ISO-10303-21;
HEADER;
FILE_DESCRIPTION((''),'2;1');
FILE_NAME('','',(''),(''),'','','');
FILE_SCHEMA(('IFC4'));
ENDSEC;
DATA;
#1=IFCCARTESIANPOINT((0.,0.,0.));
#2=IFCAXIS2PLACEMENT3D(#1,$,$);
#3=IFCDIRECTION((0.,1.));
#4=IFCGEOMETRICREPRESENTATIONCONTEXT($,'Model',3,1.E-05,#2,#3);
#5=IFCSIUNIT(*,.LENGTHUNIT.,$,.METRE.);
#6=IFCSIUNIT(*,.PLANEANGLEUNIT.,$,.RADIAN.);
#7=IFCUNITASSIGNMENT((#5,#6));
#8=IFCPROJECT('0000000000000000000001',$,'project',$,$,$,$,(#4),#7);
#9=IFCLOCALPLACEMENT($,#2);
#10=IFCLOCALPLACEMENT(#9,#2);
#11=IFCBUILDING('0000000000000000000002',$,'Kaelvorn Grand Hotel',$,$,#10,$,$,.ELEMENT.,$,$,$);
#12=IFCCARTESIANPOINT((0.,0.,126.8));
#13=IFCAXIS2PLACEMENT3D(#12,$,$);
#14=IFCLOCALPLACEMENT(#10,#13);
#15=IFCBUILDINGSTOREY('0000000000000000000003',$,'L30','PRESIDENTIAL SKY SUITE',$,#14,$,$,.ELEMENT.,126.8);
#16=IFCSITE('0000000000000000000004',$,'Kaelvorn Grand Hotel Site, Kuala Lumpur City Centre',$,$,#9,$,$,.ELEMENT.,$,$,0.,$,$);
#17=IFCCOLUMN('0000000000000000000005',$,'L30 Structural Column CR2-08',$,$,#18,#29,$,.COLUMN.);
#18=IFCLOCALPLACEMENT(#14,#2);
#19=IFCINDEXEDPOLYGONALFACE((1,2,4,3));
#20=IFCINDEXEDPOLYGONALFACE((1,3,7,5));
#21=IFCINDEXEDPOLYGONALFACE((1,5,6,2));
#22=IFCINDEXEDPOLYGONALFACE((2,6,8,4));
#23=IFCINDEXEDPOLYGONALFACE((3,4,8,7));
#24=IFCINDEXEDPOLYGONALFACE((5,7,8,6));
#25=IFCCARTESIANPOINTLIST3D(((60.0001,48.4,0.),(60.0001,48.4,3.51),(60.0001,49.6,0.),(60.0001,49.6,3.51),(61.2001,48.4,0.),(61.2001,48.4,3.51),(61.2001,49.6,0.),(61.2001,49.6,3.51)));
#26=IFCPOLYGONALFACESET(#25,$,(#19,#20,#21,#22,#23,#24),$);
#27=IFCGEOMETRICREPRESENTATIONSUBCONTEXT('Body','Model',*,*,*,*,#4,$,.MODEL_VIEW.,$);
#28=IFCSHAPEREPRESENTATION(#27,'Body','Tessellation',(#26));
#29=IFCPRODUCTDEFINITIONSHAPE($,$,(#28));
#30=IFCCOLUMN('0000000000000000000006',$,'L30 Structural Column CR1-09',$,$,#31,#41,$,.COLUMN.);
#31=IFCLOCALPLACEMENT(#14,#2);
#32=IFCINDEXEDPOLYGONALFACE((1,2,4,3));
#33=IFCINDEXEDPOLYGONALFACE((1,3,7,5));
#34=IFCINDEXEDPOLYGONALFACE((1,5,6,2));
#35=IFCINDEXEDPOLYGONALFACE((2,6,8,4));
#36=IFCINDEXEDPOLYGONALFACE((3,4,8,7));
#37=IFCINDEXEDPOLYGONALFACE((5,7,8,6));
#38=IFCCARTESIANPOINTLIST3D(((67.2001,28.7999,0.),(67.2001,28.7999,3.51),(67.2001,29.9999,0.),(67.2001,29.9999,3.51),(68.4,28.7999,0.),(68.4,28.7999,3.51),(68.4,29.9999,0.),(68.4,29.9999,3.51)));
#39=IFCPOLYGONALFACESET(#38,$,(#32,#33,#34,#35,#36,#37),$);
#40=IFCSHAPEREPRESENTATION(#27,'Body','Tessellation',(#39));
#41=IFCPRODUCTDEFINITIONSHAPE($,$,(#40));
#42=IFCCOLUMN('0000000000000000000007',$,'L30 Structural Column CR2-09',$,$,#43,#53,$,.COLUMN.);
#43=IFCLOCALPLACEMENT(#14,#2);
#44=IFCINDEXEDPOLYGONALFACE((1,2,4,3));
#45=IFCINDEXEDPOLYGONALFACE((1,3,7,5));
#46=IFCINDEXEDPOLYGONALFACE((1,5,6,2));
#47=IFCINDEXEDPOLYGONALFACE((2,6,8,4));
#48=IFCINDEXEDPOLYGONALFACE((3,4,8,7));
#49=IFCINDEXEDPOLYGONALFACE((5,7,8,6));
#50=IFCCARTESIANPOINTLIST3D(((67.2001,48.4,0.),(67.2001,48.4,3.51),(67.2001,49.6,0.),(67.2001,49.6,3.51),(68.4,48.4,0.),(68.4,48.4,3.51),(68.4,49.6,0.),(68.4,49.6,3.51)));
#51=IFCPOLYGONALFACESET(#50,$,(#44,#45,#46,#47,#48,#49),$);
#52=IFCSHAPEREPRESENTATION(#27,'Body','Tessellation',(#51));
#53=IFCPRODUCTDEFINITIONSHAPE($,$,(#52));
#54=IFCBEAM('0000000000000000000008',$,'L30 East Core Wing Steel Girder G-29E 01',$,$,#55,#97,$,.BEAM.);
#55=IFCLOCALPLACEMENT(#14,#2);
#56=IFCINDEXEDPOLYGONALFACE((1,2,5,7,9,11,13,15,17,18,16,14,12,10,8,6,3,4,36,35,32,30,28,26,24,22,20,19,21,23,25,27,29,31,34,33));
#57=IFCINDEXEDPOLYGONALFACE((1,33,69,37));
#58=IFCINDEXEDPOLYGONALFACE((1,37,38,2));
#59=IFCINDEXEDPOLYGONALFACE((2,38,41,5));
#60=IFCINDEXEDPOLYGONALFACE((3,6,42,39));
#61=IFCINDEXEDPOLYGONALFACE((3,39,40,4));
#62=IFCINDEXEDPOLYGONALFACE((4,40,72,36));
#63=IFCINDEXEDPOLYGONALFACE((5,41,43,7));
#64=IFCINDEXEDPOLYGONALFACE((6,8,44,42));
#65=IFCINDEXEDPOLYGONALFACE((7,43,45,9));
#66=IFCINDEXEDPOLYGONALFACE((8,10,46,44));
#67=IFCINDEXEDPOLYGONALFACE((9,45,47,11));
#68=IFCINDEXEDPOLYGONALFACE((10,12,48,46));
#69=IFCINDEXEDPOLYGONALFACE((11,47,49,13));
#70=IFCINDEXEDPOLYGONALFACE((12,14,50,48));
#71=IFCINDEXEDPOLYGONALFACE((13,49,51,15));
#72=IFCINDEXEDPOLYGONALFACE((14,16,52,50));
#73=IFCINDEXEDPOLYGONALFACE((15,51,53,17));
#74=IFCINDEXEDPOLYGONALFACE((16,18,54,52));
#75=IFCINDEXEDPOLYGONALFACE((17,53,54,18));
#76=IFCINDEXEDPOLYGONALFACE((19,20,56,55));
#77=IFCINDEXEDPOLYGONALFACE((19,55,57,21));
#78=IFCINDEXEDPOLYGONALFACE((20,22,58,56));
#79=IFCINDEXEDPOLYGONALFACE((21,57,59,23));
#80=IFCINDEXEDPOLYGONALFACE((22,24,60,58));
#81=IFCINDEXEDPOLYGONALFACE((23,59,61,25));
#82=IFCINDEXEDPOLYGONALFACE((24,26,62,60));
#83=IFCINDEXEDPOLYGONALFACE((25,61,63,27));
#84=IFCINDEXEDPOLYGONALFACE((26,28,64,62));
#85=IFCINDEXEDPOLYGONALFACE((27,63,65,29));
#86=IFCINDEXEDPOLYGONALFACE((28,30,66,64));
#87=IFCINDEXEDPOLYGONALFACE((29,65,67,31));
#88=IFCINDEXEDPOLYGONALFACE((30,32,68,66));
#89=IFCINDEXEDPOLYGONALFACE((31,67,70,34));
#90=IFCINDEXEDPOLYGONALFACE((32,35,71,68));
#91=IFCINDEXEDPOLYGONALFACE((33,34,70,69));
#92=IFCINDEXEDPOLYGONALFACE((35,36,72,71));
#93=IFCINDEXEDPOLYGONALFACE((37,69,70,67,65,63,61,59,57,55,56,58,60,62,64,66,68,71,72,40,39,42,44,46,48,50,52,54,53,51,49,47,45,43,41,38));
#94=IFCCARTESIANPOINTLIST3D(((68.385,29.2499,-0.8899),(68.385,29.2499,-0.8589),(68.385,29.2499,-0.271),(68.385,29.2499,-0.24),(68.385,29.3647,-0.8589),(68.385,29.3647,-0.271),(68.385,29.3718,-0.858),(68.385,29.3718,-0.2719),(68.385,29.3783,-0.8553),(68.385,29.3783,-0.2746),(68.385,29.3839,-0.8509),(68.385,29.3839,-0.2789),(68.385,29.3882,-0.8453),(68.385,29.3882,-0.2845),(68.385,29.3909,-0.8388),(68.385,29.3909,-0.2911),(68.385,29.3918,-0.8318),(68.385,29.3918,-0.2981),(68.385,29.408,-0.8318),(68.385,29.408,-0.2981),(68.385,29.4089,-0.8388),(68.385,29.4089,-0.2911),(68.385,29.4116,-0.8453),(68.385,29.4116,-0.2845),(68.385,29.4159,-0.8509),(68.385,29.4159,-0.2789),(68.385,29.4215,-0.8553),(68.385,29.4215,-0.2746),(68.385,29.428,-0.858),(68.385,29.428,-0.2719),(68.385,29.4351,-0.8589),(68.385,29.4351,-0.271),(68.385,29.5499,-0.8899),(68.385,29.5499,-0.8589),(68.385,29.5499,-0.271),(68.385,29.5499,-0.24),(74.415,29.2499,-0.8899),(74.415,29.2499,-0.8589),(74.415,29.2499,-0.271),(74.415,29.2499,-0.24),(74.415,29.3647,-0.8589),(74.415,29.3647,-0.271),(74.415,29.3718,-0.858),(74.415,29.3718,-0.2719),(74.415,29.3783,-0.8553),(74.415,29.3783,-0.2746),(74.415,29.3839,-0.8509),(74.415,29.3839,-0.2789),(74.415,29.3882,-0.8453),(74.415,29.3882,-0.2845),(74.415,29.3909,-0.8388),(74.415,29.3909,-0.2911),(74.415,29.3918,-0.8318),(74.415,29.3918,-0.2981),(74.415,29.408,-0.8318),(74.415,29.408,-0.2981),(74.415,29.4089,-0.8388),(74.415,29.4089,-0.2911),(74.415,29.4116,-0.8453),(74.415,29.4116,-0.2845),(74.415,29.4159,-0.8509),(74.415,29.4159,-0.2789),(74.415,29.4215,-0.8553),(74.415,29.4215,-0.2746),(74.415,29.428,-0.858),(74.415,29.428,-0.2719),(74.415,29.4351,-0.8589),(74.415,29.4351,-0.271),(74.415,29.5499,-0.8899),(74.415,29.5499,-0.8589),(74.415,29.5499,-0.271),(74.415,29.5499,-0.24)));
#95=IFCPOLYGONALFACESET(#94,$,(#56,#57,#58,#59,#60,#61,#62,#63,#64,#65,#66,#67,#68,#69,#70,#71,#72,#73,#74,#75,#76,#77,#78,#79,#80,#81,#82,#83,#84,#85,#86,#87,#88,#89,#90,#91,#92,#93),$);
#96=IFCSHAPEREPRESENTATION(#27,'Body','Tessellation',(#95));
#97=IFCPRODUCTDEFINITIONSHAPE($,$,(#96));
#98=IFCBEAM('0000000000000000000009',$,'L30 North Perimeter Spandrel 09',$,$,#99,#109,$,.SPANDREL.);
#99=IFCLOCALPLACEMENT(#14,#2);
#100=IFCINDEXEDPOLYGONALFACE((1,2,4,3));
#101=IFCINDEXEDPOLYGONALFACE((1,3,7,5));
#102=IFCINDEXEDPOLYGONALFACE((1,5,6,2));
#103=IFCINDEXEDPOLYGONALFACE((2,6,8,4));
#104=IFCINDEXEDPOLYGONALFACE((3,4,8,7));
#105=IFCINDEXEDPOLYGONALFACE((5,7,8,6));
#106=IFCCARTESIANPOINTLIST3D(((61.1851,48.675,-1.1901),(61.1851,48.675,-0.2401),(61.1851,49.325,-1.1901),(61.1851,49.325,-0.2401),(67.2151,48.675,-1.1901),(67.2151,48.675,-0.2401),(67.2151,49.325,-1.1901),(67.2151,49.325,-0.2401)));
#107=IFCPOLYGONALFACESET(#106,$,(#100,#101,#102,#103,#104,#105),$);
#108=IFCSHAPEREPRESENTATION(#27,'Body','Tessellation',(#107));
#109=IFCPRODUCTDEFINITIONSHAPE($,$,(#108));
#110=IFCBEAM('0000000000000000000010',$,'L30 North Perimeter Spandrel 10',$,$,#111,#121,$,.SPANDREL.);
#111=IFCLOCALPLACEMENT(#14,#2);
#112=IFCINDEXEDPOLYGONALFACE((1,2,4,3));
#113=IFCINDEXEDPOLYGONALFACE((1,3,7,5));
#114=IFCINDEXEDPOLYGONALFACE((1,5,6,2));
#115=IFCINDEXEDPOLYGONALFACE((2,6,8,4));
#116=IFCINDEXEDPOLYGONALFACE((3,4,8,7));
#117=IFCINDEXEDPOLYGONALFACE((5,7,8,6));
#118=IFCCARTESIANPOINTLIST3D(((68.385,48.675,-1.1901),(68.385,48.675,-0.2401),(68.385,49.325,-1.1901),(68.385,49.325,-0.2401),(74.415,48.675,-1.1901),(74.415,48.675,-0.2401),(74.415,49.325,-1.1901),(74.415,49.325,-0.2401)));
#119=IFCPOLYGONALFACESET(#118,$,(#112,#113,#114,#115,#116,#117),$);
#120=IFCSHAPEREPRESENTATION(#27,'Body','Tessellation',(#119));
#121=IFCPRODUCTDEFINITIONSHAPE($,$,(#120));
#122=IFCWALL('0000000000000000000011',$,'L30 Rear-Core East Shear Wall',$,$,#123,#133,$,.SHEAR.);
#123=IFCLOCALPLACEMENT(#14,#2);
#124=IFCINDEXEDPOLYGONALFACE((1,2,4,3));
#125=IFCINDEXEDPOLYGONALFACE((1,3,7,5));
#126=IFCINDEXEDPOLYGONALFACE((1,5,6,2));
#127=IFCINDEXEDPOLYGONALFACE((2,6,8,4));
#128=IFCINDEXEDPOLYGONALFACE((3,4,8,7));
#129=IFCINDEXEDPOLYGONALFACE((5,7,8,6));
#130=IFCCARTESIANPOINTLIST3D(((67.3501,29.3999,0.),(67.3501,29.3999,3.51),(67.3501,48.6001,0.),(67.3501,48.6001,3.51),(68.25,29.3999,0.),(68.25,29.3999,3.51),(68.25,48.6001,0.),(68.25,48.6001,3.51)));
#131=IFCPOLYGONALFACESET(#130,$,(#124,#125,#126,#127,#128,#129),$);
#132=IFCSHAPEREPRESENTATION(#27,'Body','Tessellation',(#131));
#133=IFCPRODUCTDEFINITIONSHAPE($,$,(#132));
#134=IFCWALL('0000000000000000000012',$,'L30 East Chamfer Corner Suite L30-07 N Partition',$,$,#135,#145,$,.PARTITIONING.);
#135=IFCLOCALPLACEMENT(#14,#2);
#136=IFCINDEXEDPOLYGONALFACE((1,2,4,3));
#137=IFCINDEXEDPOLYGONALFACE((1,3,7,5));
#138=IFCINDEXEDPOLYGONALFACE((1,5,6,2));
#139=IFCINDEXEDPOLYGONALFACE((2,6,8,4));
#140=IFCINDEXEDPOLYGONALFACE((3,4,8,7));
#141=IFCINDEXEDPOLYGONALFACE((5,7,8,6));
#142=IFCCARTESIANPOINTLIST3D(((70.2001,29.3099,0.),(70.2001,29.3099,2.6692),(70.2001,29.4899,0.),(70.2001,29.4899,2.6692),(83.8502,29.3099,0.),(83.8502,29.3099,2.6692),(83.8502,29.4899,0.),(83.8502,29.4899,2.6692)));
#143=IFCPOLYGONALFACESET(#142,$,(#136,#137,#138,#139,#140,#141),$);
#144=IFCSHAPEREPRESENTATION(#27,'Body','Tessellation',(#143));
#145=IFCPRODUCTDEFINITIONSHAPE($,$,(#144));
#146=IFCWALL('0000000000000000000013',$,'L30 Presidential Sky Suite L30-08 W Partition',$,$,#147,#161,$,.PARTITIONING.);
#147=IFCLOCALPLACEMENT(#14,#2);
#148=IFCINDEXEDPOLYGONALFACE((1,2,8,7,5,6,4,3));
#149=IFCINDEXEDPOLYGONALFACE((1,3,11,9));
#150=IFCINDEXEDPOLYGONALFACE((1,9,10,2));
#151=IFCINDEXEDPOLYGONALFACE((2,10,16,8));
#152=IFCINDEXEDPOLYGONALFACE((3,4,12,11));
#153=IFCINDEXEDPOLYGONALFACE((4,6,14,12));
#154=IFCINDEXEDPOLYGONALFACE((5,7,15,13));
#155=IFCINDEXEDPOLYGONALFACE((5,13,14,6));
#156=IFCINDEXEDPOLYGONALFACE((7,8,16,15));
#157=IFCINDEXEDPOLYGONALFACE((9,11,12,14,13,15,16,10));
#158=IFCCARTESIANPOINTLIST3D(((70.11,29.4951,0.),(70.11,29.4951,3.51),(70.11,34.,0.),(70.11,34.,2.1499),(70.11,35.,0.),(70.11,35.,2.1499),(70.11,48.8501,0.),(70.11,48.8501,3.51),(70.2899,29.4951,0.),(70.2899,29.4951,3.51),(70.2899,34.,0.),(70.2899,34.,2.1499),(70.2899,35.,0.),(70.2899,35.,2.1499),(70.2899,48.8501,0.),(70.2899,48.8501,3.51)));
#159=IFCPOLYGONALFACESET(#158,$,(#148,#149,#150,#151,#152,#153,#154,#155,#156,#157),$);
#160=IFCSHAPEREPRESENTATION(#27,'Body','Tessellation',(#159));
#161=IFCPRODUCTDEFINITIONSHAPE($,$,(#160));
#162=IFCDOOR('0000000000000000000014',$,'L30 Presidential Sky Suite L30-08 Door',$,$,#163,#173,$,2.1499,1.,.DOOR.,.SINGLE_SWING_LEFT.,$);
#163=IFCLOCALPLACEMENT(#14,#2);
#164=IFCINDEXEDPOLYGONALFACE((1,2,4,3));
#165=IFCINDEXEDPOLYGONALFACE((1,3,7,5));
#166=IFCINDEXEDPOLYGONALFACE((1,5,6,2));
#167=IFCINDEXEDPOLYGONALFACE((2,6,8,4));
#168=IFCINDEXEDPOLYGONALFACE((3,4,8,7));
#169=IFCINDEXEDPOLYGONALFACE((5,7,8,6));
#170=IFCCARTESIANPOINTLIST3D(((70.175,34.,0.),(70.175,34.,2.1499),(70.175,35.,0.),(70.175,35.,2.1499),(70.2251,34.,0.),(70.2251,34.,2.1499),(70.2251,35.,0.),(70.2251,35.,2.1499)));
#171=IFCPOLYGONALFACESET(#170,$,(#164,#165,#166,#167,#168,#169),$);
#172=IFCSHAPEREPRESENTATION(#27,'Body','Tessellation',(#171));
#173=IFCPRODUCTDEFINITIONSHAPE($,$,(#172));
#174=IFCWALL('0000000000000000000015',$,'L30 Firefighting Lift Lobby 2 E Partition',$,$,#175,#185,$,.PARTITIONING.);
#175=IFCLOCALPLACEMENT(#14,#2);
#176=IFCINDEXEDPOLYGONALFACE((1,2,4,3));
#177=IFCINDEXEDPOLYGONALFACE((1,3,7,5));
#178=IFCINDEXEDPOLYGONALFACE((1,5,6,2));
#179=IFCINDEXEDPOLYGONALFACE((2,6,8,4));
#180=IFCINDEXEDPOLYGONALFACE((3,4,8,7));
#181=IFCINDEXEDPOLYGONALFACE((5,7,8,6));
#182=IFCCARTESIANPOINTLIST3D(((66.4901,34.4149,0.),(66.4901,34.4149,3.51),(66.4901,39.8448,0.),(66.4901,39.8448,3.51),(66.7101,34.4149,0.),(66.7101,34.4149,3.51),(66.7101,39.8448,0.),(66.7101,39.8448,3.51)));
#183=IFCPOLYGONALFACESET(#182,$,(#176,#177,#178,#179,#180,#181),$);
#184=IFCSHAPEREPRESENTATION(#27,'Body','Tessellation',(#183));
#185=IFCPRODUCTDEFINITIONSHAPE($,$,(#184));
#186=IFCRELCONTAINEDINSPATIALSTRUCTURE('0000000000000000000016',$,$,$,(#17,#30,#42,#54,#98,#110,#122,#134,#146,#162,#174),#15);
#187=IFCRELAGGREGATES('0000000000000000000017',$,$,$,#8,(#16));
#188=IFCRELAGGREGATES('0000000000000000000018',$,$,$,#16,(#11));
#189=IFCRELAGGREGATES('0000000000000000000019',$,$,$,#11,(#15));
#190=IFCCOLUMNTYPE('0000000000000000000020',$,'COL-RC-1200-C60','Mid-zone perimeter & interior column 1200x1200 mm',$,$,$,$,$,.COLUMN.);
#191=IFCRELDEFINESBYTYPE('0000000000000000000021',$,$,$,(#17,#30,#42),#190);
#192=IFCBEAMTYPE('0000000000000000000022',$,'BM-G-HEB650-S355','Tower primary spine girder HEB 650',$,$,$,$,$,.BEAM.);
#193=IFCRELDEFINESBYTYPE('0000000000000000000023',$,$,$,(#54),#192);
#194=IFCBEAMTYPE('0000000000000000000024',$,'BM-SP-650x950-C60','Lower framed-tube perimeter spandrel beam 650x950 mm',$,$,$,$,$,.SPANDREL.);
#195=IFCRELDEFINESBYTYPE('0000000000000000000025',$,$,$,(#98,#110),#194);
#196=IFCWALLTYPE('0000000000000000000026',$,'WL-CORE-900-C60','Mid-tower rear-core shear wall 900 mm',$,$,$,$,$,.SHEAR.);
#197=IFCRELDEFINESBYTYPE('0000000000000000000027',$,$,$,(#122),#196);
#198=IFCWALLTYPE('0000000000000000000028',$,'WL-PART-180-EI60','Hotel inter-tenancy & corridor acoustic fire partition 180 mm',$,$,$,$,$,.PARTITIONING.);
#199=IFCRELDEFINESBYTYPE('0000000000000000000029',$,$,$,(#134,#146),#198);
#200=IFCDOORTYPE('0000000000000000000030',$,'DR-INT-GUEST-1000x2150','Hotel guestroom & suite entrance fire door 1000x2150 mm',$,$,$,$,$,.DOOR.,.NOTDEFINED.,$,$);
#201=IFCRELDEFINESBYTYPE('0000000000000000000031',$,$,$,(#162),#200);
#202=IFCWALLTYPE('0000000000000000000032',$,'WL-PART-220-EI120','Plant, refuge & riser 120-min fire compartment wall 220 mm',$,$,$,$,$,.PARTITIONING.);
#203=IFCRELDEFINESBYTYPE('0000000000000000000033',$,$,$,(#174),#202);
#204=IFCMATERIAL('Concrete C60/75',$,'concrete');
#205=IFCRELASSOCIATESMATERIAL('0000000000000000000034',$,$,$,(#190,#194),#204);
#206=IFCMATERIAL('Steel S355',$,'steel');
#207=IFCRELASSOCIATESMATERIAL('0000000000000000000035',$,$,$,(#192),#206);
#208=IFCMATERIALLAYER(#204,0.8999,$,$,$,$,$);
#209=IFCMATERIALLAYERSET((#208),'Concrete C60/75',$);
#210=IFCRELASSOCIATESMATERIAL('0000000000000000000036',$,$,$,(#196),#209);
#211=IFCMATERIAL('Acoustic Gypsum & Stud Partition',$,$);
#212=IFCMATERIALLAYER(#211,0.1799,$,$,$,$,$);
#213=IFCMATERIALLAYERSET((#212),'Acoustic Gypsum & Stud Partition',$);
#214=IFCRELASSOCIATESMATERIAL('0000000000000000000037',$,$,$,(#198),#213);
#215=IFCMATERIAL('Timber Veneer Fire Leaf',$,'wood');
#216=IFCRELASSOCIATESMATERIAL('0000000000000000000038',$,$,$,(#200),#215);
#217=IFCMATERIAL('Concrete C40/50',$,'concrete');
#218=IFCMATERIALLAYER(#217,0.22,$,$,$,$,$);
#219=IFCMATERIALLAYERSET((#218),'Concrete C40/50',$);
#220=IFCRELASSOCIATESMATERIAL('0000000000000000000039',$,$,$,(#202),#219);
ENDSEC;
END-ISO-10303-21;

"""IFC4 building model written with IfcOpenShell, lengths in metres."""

from ifc_helpers import new_model, si_unit, direction, frame, frame_2d, origin, origin_2d, place, context, subcontext, project, spatial, rectangle, i_section, extrude, material, layer, layer_set, material_profile, profile_set, type_object, element, fill, save


model = new_model("IFC4")

# Units and contexts
model_context = context("Model", 3, precision=1e-05, world=origin(), true_north=direction((0.0, 1.0)))
body_context = subcontext(model_context, "Body", "Model", "MODEL_VIEW")
ifc_project = project(units=[si_unit("LENGTHUNIT", "METRE"), si_unit("PLANEANGLEUNIT", "RADIAN")], contexts=[model_context])

# Site, building, storey
site_placement = place(None, origin())
site = spatial("IfcSite", under=ifc_project, at=site_placement, Name="Kaelvorn Grand Hotel Site, Kuala Lumpur City Centre", CompositionType="ELEMENT", RefElevation=0.0)
building_placement = place(site_placement, origin())
building = spatial("IfcBuilding", under=site, at=building_placement, Name="Kaelvorn Grand Hotel", CompositionType="ELEMENT")
storey_placement = place(building_placement, frame((0.0, 0.0, 126.8)))
storey = spatial("IfcBuildingStorey", under=building, at=storey_placement, Name="L30", Description="PRESIDENTIAL SKY SUITE", CompositionType="ELEMENT", Elevation=126.8)

# Columns
ifc_material_1 = material(Name="Concrete C60/75", Category="concrete")
ifc_material_profile_1 = material_profile(ifc_material_1, rectangle(XDim=1.2, YDim=1.2, at=origin_2d()), Name="RC COL 1200x1200")
ifc_profile_set_1 = profile_set([ifc_material_profile_1], Name="Concrete C60/75")
column_type = type_object("IfcColumnType", Name="COL-RC-1200-C60", Description="Mid-zone perimeter & interior column 1200x1200 mm", PredefinedType="COLUMN", material=ifc_profile_set_1)
for number, where, z_axis, x_axis, name in (
    (1, (60.6001, 49.0, 0.0), (0.0, 0.0, 1.0), (1.0, 0.0, 0.0), "L30 Structural Column CR2-08"),
    (2, (67.8, 29.3999, 0.0), (0.0, 0.0, 1.0), (1.0, 0.0, 0.0), "L30 Structural Column CR1-09"),
    (3, (67.8, 49.0, 0.0), (0.0, 0.0, 1.0), (1.0, 0.0, 0.0), "L30 Structural Column CR2-09"),
):
    element("IfcColumn", number, at=place(storey_placement, frame(where, z_axis=z_axis, x_axis=x_axis)), inside=storey, type_object=column_type, Name=name, PredefinedType="COLUMN", context=body_context, shape_type="SweptSolid", body=[
        extrude(rectangle(XDim=1.2, YDim=1.2, at=origin_2d()), origin(), (0.0, 0.0, 1.0), 3.51),
    ])

# Beams
ifc_material_2 = material(Name="Steel S355", Category="steel")
ifc_material_profile_2 = material_profile(ifc_material_2, i_section(OverallWidth=0.3, OverallDepth=0.6499, WebThickness=0.0161, FlangeThickness=0.031, FilletRadius=0.0271, at=origin_2d()), Name="HEB 650")
ifc_profile_set_2 = profile_set([ifc_material_profile_2], Name="Steel S355")
beam_type_1 = type_object("IfcBeamType", Name="BM-G-HEB650-S355", Description="Tower primary spine girder HEB 650", PredefinedType="BEAM", material=ifc_profile_set_2)
beam_placement = place(storey_placement, frame((68.385, 29.3999, -0.5649), z_axis=(1.0, 0.0, 0.0), x_axis=(0.0, 1.0, 0.0)))
element("IfcBeam", 4, at=beam_placement, inside=storey, type_object=beam_type_1, Name="L30 East Core Wing Steel Girder G-29E 01", PredefinedType="BEAM", context=body_context, shape_type="SweptSolid", body=[
    extrude(i_section(OverallWidth=0.3, OverallDepth=0.6499, WebThickness=0.0161, FlangeThickness=0.031, FilletRadius=0.0271, at=origin_2d()), origin(), (0.0, 0.0, 1.0), 6.03),
])
ifc_material_profile_3 = material_profile(ifc_material_1, rectangle(XDim=0.6499, YDim=0.95, at=origin_2d()), Name="RC SPANDREL 650x950")
ifc_profile_set_3 = profile_set([ifc_material_profile_3], Name="Concrete C60/75")
beam_type_2 = type_object("IfcBeamType", Name="BM-SP-650x950-C60", Description="Lower framed-tube perimeter spandrel beam 650x950 mm", PredefinedType="SPANDREL", material=ifc_profile_set_3)
for number, where, z_axis, x_axis, name in (
    (5, (61.1851, 49.0, -0.7151), (1.0, 0.0, 0.0), (0.0, 1.0, 0.0), "L30 North Perimeter Spandrel 09"),
    (6, (68.385, 49.0, -0.7151), (1.0, 0.0, 0.0), (0.0, 1.0, 0.0), "L30 North Perimeter Spandrel 10"),
):
    element("IfcBeam", number, at=place(storey_placement, frame(where, z_axis=z_axis, x_axis=x_axis)), inside=storey, type_object=beam_type_2, Name=name, PredefinedType="SPANDREL", context=body_context, shape_type="SweptSolid", body=[
        extrude(rectangle(XDim=0.6499, YDim=0.95, at=origin_2d()), origin(), (0.0, 0.0, 1.0), 6.03),
    ])

# Walls
ifc_layer_1 = layer(ifc_material_1, 0.8999)
ifc_layer_set_1 = layer_set([ifc_layer_1], Name="Concrete C60/75")
wall_type_1 = type_object("IfcWallType", Name="WL-CORE-900-C60", Description="Mid-tower rear-core shear wall 900 mm", PredefinedType="SHEAR", material=ifc_layer_set_1)
wall_1_placement = place(storey_placement, frame((67.8, 29.3999, 0.0), z_axis=(0.0, 0.0, 1.0), x_axis=(0.0, 1.0, 0.0)))
element("IfcWall", 7, at=wall_1_placement, inside=storey, type_object=wall_type_1, Name="L30 Rear-Core East Shear Wall", PredefinedType="SHEAR", context=body_context, shape_type="SweptSolid", body=[
    extrude(rectangle(XDim=19.2002, YDim=0.8999, at=frame_2d((9.6001, 0.0))), origin(), (0.0, 0.0, 1.0), 3.51),
])
ifc_material_3 = material(Name="Acoustic Gypsum & Stud Partition")
ifc_layer_2 = layer(ifc_material_3, 0.1799)
ifc_layer_set_2 = layer_set([ifc_layer_2], Name="Acoustic Gypsum & Stud Partition")
wall_type_2 = type_object("IfcWallType", Name="WL-PART-180-EI60", Description="Hotel inter-tenancy & corridor acoustic fire partition 180 mm", PredefinedType="PARTITIONING", material=ifc_layer_set_2)
wall_2_placement = place(storey_placement, frame((70.2, 29.3999, 0.0), z_axis=(0.0, 0.0, 1.0), x_axis=(1.0, 0.0, 0.0)))
element("IfcWall", 8, at=wall_2_placement, inside=storey, type_object=wall_type_2, Name="L30 East Chamfer Corner Suite L30-07 N Partition", PredefinedType="PARTITIONING", context=body_context, shape_type="SweptSolid", body=[
    extrude(rectangle(XDim=13.6501, YDim=0.1799, at=frame_2d((6.8252, 0.0))), origin(), (0.0, 0.0, 1.0), 2.6692),
])

# Wall, opening, door
wall_3_placement = place(storey_placement, frame((70.2, 29.4951, 0.0), z_axis=(0.0, 0.0, 1.0), x_axis=(0.0, 1.0, 0.0)))
wall_3 = element("IfcWall", 9, at=wall_3_placement, inside=storey, type_object=wall_type_2, Name="L30 Presidential Sky Suite L30-08 W Partition", PredefinedType="PARTITIONING", context=body_context, shape_type="SweptSolid", body=[
    extrude(rectangle(XDim=19.355, YDim=0.1799, at=frame_2d((9.6775, 0.0))), origin(), (0.0, 0.0, 1.0), 3.51),
])
opening_1_placement = place(wall_3_placement, frame((4.5049, 0.0, 0.0)))
opening_1 = element("IfcOpeningElement", 10, at=opening_1_placement, cuts=wall_3, PredefinedType="OPENING", context=body_context, shape_type="SweptSolid", body=[
    extrude(rectangle(XDim=1.0, YDim=2.1499, at=frame_2d((0.5, 1.075))), frame((0.0, 0.1001, 0.0), z_axis=(0.0, -1.0, 0.0), x_axis=(1.0, 0.0, 0.0)), (0.0, 0.0, 1.0), 0.2),
])
ifc_material_4 = material(Name="Timber Veneer Fire Leaf", Category="wood")
door_type_1 = type_object("IfcDoorType", Name="DR-INT-GUEST-1000x2150", Description="Hotel guestroom & suite entrance fire door 1000x2150 mm", OperationType="NOTDEFINED", PredefinedType="DOOR", material=ifc_material_4)
door_1_placement = place(opening_1_placement, origin())
door_1 = element("IfcDoor", 11, at=door_1_placement, inside=storey, type_object=door_type_1, Name="L30 Presidential Sky Suite L30-08 Door", OperationType="SINGLE_SWING_LEFT", OverallHeight=2.1499, OverallWidth=1.0, PredefinedType="DOOR", context=body_context, shape_type="SweptSolid", body=[
    extrude(rectangle(XDim=1.0, YDim=2.1499, at=frame_2d((0.5, 1.075))), frame((0.0, 0.0249, 0.0), z_axis=(0.0, -1.0, 0.0), x_axis=(1.0, 0.0, 0.0)), (0.0, 0.0, 1.0), 0.05),
])
fill(opening_1, door_1)

# Wall
ifc_material_5 = material(Name="Concrete C40/50", Category="concrete")
ifc_layer_3 = layer(ifc_material_5, 0.22)
ifc_layer_set_3 = layer_set([ifc_layer_3], Name="Concrete C40/50")
wall_type_3 = type_object("IfcWallType", Name="WL-PART-220-EI120", Description="Plant, refuge & riser 120-min fire compartment wall 220 mm", PredefinedType="PARTITIONING", material=ifc_layer_set_3)
wall_4_placement = place(storey_placement, frame((66.6001, 34.415, 0.0), z_axis=(0.0, 0.0, 1.0), x_axis=(0.0, 1.0, 0.0)))
element("IfcWall", 12, at=wall_4_placement, inside=storey, type_object=wall_type_3, Name="L30 Firefighting Lift Lobby 2 E Partition", PredefinedType="PARTITIONING", context=body_context, shape_type="SweptSolid", body=[
    extrude(rectangle(XDim=5.4299, YDim=0.22, at=frame_2d((2.7148, 0.0))), origin(), (0.0, 0.0, 1.0), 3.51),
])

save(model, "model.ifc")
